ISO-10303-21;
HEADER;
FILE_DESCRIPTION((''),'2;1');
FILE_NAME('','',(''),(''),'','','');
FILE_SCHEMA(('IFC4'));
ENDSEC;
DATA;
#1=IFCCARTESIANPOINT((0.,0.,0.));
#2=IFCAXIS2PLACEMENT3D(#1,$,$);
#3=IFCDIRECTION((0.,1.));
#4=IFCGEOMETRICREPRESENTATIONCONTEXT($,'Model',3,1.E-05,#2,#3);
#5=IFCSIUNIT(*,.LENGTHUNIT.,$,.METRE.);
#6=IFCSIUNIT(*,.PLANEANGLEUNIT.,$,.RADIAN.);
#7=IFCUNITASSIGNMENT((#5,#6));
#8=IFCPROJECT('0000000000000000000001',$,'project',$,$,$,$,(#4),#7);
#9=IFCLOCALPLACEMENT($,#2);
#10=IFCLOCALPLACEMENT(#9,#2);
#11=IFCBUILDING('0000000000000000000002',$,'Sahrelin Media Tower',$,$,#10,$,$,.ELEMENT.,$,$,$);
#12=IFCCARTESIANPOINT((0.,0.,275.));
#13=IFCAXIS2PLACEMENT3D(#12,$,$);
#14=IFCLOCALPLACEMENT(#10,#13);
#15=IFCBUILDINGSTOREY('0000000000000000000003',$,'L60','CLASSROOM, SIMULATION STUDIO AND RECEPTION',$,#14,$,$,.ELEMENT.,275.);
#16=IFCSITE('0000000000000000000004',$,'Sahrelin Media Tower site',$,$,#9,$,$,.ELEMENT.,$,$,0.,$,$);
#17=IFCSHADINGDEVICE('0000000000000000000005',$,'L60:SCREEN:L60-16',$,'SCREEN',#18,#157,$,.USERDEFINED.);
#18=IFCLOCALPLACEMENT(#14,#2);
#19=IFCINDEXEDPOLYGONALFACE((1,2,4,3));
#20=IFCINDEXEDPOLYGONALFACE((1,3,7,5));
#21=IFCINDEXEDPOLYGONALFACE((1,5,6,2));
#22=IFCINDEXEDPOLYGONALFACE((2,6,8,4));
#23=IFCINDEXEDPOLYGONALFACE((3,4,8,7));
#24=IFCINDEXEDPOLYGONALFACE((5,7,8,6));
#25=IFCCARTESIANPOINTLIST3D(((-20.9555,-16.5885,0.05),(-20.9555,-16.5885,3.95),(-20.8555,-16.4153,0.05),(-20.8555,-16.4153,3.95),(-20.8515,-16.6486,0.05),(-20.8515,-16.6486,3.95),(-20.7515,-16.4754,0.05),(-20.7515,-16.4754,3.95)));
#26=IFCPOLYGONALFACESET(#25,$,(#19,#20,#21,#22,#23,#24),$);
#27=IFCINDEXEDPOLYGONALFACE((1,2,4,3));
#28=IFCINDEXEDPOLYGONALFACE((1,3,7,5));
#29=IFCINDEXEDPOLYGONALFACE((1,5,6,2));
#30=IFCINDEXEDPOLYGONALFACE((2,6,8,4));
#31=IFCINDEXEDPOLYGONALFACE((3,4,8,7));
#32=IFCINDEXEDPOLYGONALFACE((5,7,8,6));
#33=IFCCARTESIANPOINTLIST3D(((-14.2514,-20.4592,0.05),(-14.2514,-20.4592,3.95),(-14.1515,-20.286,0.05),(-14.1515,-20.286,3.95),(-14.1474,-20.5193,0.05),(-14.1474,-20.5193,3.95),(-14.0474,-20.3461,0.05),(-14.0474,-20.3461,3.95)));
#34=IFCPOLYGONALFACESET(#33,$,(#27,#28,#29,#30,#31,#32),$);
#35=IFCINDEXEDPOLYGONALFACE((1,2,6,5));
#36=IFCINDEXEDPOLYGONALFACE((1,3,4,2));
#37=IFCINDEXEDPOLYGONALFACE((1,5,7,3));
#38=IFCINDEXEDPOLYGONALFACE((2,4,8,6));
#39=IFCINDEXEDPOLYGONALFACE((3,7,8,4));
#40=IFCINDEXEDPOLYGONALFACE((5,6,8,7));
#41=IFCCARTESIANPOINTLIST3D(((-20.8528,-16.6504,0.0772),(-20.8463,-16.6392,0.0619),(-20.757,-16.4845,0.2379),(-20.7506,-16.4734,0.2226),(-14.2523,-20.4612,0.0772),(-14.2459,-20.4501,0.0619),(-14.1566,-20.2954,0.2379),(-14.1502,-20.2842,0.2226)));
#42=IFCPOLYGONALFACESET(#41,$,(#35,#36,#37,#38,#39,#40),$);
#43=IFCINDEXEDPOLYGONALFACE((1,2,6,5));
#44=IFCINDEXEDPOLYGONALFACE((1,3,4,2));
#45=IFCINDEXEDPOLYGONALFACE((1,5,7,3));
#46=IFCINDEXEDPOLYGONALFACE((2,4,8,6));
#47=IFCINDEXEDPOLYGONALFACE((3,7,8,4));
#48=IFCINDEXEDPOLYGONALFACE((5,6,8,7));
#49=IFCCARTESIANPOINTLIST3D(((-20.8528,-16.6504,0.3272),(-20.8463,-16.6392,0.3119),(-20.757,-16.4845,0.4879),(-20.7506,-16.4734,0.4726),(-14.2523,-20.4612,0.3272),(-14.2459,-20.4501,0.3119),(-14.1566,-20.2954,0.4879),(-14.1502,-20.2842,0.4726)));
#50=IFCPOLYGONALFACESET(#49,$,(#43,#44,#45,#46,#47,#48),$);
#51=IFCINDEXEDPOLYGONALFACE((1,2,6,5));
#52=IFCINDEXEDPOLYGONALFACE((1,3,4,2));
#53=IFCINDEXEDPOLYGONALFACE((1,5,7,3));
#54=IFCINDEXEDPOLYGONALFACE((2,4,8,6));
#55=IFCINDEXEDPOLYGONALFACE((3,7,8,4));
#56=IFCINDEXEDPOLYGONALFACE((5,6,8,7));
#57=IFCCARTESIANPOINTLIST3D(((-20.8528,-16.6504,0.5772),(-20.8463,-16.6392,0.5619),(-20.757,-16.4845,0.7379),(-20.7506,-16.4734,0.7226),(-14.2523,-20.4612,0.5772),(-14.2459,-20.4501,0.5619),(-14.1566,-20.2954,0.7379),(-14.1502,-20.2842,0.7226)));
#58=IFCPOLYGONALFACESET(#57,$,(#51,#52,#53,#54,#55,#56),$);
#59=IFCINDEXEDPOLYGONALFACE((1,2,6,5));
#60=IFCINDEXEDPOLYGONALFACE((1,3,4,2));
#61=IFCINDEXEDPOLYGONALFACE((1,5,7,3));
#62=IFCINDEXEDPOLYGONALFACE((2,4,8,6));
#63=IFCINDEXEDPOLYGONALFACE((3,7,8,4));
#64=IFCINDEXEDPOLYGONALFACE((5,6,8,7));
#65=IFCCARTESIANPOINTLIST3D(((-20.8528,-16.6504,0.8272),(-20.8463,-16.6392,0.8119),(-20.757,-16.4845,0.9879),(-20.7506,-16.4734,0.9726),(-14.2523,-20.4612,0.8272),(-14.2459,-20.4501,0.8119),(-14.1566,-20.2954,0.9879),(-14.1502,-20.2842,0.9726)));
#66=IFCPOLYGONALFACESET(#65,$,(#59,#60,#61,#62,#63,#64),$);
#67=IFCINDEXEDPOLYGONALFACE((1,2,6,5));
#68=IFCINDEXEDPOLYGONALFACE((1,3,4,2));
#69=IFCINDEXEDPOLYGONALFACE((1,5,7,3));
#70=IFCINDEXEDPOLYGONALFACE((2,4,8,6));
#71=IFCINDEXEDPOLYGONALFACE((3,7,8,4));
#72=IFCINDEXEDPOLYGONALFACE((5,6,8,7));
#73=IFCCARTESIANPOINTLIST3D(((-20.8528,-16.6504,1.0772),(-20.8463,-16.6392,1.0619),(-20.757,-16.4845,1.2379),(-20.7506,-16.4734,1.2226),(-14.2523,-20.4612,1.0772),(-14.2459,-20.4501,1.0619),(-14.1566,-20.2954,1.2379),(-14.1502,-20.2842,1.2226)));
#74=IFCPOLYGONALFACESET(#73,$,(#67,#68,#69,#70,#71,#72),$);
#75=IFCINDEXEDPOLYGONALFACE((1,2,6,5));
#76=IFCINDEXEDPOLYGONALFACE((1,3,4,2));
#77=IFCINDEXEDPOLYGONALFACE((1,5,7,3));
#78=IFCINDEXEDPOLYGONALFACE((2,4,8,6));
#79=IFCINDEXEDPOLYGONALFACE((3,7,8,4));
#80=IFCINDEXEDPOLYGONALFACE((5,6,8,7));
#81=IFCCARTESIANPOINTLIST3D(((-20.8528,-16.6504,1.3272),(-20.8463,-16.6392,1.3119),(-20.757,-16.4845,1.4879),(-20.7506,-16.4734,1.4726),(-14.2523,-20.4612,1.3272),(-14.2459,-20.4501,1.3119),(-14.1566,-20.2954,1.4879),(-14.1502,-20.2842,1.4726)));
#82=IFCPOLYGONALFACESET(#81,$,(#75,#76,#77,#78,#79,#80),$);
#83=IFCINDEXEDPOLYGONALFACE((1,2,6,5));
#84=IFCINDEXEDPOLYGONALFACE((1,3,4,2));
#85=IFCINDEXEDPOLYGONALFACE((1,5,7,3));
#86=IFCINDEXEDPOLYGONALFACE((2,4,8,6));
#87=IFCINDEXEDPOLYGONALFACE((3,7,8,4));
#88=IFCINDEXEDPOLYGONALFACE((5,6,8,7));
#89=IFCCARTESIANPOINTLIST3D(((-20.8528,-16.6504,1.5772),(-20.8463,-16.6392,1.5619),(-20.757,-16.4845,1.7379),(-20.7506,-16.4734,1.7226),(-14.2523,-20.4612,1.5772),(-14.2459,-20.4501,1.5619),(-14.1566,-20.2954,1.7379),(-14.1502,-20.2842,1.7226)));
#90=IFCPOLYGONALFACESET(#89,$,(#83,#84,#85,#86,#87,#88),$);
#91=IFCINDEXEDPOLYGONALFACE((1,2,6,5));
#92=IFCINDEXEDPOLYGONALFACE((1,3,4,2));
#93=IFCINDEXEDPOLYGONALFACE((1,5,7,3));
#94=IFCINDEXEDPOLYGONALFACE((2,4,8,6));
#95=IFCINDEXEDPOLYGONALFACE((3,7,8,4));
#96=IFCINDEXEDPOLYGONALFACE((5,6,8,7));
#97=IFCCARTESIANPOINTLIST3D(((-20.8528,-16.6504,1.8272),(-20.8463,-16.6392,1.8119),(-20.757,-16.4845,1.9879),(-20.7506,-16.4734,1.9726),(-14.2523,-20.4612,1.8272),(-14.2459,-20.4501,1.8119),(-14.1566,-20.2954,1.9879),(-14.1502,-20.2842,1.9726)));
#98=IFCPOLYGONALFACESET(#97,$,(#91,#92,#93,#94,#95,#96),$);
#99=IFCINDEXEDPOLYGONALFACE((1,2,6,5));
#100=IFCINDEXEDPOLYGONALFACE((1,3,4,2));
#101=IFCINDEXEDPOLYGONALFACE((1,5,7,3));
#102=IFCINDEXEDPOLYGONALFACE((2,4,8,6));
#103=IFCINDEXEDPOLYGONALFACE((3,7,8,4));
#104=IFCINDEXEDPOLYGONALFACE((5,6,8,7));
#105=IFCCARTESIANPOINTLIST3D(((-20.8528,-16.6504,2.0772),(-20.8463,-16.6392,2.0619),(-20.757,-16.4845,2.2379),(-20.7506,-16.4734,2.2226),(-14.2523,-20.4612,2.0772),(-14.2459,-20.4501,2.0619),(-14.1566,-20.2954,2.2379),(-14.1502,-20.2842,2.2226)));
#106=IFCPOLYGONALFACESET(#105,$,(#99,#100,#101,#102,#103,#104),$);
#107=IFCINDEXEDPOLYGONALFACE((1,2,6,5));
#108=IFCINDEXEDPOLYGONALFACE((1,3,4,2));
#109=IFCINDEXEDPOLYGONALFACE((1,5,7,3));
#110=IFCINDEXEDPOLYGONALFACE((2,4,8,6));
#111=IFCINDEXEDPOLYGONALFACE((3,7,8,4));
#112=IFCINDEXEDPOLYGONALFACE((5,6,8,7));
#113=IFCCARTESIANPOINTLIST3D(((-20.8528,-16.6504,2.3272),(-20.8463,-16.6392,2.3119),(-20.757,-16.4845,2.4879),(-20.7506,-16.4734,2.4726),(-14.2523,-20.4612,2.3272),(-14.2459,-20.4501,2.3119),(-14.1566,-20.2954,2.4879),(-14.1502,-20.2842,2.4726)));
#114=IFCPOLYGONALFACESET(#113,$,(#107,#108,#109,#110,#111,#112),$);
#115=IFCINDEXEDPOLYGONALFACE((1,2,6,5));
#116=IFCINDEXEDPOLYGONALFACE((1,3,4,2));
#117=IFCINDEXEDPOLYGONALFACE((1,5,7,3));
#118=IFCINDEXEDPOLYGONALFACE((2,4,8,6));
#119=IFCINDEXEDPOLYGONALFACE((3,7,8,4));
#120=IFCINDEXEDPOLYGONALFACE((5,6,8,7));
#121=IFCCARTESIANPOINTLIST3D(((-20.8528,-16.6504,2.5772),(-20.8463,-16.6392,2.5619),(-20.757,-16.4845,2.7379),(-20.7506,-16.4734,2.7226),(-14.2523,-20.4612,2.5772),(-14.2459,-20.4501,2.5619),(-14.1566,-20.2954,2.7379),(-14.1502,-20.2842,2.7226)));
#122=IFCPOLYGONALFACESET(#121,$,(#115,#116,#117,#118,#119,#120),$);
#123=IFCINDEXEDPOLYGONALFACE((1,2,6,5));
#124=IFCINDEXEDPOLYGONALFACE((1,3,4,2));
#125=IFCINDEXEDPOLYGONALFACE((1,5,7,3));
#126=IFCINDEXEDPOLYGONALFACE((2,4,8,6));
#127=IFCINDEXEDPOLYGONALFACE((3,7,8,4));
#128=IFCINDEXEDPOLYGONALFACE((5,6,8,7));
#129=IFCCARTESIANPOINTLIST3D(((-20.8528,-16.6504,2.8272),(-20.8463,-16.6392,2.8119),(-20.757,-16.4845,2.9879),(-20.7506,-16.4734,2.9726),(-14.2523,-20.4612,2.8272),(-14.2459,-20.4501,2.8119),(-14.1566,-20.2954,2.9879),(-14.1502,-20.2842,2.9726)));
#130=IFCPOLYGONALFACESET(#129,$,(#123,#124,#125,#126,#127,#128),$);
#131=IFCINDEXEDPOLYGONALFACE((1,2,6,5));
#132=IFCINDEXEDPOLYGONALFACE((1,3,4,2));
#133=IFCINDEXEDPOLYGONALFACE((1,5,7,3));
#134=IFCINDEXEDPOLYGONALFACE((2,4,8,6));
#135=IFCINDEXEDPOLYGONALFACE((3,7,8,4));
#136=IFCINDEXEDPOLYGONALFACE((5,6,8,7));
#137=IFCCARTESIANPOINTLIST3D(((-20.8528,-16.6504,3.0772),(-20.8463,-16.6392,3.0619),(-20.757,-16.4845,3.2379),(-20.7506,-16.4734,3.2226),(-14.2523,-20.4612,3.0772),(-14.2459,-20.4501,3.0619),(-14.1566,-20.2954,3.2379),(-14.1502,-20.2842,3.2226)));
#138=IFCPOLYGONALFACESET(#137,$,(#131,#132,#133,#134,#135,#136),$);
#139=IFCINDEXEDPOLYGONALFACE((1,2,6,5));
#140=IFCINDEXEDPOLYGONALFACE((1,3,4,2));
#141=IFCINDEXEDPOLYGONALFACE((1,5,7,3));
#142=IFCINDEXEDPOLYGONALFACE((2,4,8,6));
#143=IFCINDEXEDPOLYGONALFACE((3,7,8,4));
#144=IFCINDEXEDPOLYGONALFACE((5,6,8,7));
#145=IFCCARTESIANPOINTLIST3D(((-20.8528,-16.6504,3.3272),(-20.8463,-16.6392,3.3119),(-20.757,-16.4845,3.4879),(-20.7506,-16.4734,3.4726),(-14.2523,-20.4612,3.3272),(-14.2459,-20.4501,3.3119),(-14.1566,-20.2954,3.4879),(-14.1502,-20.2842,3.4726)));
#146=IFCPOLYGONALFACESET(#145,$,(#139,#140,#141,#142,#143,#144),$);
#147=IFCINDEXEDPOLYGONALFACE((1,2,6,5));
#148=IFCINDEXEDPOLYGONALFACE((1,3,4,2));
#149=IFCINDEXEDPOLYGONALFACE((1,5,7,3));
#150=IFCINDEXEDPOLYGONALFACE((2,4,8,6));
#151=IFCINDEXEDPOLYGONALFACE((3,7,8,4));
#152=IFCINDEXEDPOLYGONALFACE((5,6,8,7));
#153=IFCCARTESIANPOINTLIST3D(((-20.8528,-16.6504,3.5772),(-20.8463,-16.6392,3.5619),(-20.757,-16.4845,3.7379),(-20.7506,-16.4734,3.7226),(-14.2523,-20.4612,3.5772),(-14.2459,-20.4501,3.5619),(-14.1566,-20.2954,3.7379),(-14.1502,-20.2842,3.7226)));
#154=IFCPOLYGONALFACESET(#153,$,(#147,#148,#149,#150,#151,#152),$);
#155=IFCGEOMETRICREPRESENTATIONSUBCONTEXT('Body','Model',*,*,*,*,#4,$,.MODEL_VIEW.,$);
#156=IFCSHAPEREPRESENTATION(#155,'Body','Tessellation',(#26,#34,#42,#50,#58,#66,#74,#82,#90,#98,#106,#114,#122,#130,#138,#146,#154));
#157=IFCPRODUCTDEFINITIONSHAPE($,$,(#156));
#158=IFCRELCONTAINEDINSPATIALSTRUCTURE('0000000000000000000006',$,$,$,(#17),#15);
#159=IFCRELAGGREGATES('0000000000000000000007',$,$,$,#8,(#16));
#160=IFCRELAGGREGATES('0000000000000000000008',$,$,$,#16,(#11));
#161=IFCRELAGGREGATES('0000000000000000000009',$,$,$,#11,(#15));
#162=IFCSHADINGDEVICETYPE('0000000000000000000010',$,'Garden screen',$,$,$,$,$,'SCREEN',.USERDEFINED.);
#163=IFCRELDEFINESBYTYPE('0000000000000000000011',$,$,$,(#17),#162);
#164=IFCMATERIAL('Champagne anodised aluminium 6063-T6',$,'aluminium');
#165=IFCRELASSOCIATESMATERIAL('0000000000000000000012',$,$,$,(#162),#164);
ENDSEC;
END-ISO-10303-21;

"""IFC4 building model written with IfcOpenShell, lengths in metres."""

from ifc_helpers import new_model, si_unit, direction, frame, origin, origin_2d, place, context, subcontext, project, spatial, rectangle, extrude, material, type_object, element, save


model = new_model("IFC4")

# Units and contexts
model_context = context("Model", 3, precision=1e-05, world=origin(), true_north=direction((0.0, 1.0)))
body_context = subcontext(model_context, "Body", "Model", "MODEL_VIEW")
ifc_project = project(units=[si_unit("LENGTHUNIT", "METRE"), si_unit("PLANEANGLEUNIT", "RADIAN")], contexts=[model_context])

# Site, building, storey
site_placement = place(None, origin())
site = spatial("IfcSite", under=ifc_project, at=site_placement, Name="Sahrelin Media Tower site", CompositionType="ELEMENT", RefElevation=0.0)
building_placement = place(site_placement, origin())
building = spatial("IfcBuilding", under=site, at=building_placement, Name="Sahrelin Media Tower", CompositionType="ELEMENT")
storey_placement = place(building_placement, frame((0.0, 0.0, 275.0)))
storey = spatial("IfcBuildingStorey", under=building, at=storey_placement, Name="L60", Description="CLASSROOM, SIMULATION STUDIO AND RECEPTION", CompositionType="ELEMENT", Elevation=275.0)

# Shared definitions
ifc_material_1 = material(Name="Champagne anodised aluminium 6063-T6", Category="aluminium")

# Shading device
shading_device_type_1 = type_object("IfcShadingDeviceType", Name="Garden screen", ElementType="SCREEN", PredefinedType="USERDEFINED", material=ifc_material_1)
shading_device_1_placement = place(storey_placement, frame((-17.4514, -18.3806, 0.0), z_axis=(0.0, 0.0, 1.0), x_axis=(-0.866019, 0.500011, 0.0)))
element("IfcShadingDevice", 1, at=shading_device_1_placement, inside=storey, type_object=shading_device_type_1, Name="L60:SCREEN:L60-16", ObjectType="SCREEN", PredefinedType="USERDEFINED", context=body_context, shape_type="SweptSolid", body=[
    extrude(rectangle(XDim=0.1201, YDim=0.2, at=origin_2d()), frame((3.8706, 0.1001, 0.05), z_axis=(0.0, 0.0, 1.0), x_axis=(1.0, 0.0, 0.0)), (0.0, 0.0, 1.0), 3.8999),
    extrude(rectangle(XDim=0.1201, YDim=0.2, at=origin_2d()), frame((-3.8706, 0.1001, 0.05), z_axis=(0.0, 0.0, 1.0), x_axis=(1.0, 0.0, 0.0)), (0.0, 0.0, 1.0), 3.8999),
    extrude(rectangle(XDim=0.25, YDim=0.02, at=origin_2d()), frame((3.8108, 0.1001, 0.1499), z_axis=(-1.0, 0.0, 0.0), x_axis=(0.0, -0.766044, 0.642788)), (0.0, 0.0, 1.0), 7.6216),
    extrude(rectangle(XDim=0.25, YDim=0.02, at=origin_2d()), frame((3.8108, 0.1001, 0.3999), z_axis=(-1.0, 0.0, 0.0), x_axis=(0.0, -0.766044, 0.642788)), (0.0, 0.0, 1.0), 7.6216),
    extrude(rectangle(XDim=0.25, YDim=0.02, at=origin_2d()), frame((3.8108, 0.1001, 0.6499), z_axis=(-1.0, 0.0, 0.0), x_axis=(0.0, -0.766044, 0.642788)), (0.0, 0.0, 1.0), 7.6216),
    extrude(rectangle(XDim=0.25, YDim=0.02, at=origin_2d()), frame((3.8108, 0.1001, 0.8999), z_axis=(-1.0, 0.0, 0.0), x_axis=(0.0, -0.766044, 0.642788)), (0.0, 0.0, 1.0), 7.6216),
    extrude(rectangle(XDim=0.25, YDim=0.02, at=origin_2d()), frame((3.8108, 0.1001, 1.1499), z_axis=(-1.0, 0.0, 0.0), x_axis=(0.0, -0.766044, 0.642788)), (0.0, 0.0, 1.0), 7.6216),
    extrude(rectangle(XDim=0.25, YDim=0.02, at=origin_2d()), frame((3.8108, 0.1001, 1.3999), z_axis=(-1.0, 0.0, 0.0), x_axis=(0.0, -0.766044, 0.642788)), (0.0, 0.0, 1.0), 7.6216),
    extrude(rectangle(XDim=0.25, YDim=0.02, at=origin_2d()), frame((3.8108, 0.1001, 1.6499), z_axis=(-1.0, 0.0, 0.0), x_axis=(0.0, -0.766044, 0.642788)), (0.0, 0.0, 1.0), 7.6216),
    extrude(rectangle(XDim=0.25, YDim=0.02, at=origin_2d()), frame((3.8108, 0.1001, 1.8999), z_axis=(-1.0, 0.0, 0.0), x_axis=(0.0, -0.766044, 0.642788)), (0.0, 0.0, 1.0), 7.6216),
    extrude(rectangle(XDim=0.25, YDim=0.02, at=origin_2d()), frame((3.8108, 0.1001, 2.1499), z_axis=(-1.0, 0.0, 0.0), x_axis=(0.0, -0.766044, 0.642788)), (0.0, 0.0, 1.0), 7.6216),
    extrude(rectangle(XDim=0.25, YDim=0.02, at=origin_2d()), frame((3.8108, 0.1001, 2.3999), z_axis=(-1.0, 0.0, 0.0), x_axis=(0.0, -0.766044, 0.642788)), (0.0, 0.0, 1.0), 7.6216),
    extrude(rectangle(XDim=0.25, YDim=0.02, at=origin_2d()), frame((3.8108, 0.1001, 2.6499), z_axis=(-1.0, 0.0, 0.0), x_axis=(0.0, -0.766044, 0.642788)), (0.0, 0.0, 1.0), 7.6216),
    extrude(rectangle(XDim=0.25, YDim=0.02, at=origin_2d()), frame((3.8108, 0.1001, 2.8999), z_axis=(-1.0, 0.0, 0.0), x_axis=(0.0, -0.766044, 0.642788)), (0.0, 0.0, 1.0), 7.6216),
    extrude(rectangle(XDim=0.25, YDim=0.02, at=origin_2d()), frame((3.8108, 0.1001, 3.1499), z_axis=(-1.0, 0.0, 0.0), x_axis=(0.0, -0.766044, 0.642788)), (0.0, 0.0, 1.0), 7.6216),
    extrude(rectangle(XDim=0.25, YDim=0.02, at=origin_2d()), frame((3.8108, 0.1001, 3.3999), z_axis=(-1.0, 0.0, 0.0), x_axis=(0.0, -0.766044, 0.642788)), (0.0, 0.0, 1.0), 7.6216),
    extrude(rectangle(XDim=0.25, YDim=0.02, at=origin_2d()), frame((3.8108, 0.1001, 3.6499), z_axis=(-1.0, 0.0, 0.0), x_axis=(0.0, -0.766044, 0.642788)), (0.0, 0.0, 1.0), 7.6216),
])

save(model, "model.ifc")
